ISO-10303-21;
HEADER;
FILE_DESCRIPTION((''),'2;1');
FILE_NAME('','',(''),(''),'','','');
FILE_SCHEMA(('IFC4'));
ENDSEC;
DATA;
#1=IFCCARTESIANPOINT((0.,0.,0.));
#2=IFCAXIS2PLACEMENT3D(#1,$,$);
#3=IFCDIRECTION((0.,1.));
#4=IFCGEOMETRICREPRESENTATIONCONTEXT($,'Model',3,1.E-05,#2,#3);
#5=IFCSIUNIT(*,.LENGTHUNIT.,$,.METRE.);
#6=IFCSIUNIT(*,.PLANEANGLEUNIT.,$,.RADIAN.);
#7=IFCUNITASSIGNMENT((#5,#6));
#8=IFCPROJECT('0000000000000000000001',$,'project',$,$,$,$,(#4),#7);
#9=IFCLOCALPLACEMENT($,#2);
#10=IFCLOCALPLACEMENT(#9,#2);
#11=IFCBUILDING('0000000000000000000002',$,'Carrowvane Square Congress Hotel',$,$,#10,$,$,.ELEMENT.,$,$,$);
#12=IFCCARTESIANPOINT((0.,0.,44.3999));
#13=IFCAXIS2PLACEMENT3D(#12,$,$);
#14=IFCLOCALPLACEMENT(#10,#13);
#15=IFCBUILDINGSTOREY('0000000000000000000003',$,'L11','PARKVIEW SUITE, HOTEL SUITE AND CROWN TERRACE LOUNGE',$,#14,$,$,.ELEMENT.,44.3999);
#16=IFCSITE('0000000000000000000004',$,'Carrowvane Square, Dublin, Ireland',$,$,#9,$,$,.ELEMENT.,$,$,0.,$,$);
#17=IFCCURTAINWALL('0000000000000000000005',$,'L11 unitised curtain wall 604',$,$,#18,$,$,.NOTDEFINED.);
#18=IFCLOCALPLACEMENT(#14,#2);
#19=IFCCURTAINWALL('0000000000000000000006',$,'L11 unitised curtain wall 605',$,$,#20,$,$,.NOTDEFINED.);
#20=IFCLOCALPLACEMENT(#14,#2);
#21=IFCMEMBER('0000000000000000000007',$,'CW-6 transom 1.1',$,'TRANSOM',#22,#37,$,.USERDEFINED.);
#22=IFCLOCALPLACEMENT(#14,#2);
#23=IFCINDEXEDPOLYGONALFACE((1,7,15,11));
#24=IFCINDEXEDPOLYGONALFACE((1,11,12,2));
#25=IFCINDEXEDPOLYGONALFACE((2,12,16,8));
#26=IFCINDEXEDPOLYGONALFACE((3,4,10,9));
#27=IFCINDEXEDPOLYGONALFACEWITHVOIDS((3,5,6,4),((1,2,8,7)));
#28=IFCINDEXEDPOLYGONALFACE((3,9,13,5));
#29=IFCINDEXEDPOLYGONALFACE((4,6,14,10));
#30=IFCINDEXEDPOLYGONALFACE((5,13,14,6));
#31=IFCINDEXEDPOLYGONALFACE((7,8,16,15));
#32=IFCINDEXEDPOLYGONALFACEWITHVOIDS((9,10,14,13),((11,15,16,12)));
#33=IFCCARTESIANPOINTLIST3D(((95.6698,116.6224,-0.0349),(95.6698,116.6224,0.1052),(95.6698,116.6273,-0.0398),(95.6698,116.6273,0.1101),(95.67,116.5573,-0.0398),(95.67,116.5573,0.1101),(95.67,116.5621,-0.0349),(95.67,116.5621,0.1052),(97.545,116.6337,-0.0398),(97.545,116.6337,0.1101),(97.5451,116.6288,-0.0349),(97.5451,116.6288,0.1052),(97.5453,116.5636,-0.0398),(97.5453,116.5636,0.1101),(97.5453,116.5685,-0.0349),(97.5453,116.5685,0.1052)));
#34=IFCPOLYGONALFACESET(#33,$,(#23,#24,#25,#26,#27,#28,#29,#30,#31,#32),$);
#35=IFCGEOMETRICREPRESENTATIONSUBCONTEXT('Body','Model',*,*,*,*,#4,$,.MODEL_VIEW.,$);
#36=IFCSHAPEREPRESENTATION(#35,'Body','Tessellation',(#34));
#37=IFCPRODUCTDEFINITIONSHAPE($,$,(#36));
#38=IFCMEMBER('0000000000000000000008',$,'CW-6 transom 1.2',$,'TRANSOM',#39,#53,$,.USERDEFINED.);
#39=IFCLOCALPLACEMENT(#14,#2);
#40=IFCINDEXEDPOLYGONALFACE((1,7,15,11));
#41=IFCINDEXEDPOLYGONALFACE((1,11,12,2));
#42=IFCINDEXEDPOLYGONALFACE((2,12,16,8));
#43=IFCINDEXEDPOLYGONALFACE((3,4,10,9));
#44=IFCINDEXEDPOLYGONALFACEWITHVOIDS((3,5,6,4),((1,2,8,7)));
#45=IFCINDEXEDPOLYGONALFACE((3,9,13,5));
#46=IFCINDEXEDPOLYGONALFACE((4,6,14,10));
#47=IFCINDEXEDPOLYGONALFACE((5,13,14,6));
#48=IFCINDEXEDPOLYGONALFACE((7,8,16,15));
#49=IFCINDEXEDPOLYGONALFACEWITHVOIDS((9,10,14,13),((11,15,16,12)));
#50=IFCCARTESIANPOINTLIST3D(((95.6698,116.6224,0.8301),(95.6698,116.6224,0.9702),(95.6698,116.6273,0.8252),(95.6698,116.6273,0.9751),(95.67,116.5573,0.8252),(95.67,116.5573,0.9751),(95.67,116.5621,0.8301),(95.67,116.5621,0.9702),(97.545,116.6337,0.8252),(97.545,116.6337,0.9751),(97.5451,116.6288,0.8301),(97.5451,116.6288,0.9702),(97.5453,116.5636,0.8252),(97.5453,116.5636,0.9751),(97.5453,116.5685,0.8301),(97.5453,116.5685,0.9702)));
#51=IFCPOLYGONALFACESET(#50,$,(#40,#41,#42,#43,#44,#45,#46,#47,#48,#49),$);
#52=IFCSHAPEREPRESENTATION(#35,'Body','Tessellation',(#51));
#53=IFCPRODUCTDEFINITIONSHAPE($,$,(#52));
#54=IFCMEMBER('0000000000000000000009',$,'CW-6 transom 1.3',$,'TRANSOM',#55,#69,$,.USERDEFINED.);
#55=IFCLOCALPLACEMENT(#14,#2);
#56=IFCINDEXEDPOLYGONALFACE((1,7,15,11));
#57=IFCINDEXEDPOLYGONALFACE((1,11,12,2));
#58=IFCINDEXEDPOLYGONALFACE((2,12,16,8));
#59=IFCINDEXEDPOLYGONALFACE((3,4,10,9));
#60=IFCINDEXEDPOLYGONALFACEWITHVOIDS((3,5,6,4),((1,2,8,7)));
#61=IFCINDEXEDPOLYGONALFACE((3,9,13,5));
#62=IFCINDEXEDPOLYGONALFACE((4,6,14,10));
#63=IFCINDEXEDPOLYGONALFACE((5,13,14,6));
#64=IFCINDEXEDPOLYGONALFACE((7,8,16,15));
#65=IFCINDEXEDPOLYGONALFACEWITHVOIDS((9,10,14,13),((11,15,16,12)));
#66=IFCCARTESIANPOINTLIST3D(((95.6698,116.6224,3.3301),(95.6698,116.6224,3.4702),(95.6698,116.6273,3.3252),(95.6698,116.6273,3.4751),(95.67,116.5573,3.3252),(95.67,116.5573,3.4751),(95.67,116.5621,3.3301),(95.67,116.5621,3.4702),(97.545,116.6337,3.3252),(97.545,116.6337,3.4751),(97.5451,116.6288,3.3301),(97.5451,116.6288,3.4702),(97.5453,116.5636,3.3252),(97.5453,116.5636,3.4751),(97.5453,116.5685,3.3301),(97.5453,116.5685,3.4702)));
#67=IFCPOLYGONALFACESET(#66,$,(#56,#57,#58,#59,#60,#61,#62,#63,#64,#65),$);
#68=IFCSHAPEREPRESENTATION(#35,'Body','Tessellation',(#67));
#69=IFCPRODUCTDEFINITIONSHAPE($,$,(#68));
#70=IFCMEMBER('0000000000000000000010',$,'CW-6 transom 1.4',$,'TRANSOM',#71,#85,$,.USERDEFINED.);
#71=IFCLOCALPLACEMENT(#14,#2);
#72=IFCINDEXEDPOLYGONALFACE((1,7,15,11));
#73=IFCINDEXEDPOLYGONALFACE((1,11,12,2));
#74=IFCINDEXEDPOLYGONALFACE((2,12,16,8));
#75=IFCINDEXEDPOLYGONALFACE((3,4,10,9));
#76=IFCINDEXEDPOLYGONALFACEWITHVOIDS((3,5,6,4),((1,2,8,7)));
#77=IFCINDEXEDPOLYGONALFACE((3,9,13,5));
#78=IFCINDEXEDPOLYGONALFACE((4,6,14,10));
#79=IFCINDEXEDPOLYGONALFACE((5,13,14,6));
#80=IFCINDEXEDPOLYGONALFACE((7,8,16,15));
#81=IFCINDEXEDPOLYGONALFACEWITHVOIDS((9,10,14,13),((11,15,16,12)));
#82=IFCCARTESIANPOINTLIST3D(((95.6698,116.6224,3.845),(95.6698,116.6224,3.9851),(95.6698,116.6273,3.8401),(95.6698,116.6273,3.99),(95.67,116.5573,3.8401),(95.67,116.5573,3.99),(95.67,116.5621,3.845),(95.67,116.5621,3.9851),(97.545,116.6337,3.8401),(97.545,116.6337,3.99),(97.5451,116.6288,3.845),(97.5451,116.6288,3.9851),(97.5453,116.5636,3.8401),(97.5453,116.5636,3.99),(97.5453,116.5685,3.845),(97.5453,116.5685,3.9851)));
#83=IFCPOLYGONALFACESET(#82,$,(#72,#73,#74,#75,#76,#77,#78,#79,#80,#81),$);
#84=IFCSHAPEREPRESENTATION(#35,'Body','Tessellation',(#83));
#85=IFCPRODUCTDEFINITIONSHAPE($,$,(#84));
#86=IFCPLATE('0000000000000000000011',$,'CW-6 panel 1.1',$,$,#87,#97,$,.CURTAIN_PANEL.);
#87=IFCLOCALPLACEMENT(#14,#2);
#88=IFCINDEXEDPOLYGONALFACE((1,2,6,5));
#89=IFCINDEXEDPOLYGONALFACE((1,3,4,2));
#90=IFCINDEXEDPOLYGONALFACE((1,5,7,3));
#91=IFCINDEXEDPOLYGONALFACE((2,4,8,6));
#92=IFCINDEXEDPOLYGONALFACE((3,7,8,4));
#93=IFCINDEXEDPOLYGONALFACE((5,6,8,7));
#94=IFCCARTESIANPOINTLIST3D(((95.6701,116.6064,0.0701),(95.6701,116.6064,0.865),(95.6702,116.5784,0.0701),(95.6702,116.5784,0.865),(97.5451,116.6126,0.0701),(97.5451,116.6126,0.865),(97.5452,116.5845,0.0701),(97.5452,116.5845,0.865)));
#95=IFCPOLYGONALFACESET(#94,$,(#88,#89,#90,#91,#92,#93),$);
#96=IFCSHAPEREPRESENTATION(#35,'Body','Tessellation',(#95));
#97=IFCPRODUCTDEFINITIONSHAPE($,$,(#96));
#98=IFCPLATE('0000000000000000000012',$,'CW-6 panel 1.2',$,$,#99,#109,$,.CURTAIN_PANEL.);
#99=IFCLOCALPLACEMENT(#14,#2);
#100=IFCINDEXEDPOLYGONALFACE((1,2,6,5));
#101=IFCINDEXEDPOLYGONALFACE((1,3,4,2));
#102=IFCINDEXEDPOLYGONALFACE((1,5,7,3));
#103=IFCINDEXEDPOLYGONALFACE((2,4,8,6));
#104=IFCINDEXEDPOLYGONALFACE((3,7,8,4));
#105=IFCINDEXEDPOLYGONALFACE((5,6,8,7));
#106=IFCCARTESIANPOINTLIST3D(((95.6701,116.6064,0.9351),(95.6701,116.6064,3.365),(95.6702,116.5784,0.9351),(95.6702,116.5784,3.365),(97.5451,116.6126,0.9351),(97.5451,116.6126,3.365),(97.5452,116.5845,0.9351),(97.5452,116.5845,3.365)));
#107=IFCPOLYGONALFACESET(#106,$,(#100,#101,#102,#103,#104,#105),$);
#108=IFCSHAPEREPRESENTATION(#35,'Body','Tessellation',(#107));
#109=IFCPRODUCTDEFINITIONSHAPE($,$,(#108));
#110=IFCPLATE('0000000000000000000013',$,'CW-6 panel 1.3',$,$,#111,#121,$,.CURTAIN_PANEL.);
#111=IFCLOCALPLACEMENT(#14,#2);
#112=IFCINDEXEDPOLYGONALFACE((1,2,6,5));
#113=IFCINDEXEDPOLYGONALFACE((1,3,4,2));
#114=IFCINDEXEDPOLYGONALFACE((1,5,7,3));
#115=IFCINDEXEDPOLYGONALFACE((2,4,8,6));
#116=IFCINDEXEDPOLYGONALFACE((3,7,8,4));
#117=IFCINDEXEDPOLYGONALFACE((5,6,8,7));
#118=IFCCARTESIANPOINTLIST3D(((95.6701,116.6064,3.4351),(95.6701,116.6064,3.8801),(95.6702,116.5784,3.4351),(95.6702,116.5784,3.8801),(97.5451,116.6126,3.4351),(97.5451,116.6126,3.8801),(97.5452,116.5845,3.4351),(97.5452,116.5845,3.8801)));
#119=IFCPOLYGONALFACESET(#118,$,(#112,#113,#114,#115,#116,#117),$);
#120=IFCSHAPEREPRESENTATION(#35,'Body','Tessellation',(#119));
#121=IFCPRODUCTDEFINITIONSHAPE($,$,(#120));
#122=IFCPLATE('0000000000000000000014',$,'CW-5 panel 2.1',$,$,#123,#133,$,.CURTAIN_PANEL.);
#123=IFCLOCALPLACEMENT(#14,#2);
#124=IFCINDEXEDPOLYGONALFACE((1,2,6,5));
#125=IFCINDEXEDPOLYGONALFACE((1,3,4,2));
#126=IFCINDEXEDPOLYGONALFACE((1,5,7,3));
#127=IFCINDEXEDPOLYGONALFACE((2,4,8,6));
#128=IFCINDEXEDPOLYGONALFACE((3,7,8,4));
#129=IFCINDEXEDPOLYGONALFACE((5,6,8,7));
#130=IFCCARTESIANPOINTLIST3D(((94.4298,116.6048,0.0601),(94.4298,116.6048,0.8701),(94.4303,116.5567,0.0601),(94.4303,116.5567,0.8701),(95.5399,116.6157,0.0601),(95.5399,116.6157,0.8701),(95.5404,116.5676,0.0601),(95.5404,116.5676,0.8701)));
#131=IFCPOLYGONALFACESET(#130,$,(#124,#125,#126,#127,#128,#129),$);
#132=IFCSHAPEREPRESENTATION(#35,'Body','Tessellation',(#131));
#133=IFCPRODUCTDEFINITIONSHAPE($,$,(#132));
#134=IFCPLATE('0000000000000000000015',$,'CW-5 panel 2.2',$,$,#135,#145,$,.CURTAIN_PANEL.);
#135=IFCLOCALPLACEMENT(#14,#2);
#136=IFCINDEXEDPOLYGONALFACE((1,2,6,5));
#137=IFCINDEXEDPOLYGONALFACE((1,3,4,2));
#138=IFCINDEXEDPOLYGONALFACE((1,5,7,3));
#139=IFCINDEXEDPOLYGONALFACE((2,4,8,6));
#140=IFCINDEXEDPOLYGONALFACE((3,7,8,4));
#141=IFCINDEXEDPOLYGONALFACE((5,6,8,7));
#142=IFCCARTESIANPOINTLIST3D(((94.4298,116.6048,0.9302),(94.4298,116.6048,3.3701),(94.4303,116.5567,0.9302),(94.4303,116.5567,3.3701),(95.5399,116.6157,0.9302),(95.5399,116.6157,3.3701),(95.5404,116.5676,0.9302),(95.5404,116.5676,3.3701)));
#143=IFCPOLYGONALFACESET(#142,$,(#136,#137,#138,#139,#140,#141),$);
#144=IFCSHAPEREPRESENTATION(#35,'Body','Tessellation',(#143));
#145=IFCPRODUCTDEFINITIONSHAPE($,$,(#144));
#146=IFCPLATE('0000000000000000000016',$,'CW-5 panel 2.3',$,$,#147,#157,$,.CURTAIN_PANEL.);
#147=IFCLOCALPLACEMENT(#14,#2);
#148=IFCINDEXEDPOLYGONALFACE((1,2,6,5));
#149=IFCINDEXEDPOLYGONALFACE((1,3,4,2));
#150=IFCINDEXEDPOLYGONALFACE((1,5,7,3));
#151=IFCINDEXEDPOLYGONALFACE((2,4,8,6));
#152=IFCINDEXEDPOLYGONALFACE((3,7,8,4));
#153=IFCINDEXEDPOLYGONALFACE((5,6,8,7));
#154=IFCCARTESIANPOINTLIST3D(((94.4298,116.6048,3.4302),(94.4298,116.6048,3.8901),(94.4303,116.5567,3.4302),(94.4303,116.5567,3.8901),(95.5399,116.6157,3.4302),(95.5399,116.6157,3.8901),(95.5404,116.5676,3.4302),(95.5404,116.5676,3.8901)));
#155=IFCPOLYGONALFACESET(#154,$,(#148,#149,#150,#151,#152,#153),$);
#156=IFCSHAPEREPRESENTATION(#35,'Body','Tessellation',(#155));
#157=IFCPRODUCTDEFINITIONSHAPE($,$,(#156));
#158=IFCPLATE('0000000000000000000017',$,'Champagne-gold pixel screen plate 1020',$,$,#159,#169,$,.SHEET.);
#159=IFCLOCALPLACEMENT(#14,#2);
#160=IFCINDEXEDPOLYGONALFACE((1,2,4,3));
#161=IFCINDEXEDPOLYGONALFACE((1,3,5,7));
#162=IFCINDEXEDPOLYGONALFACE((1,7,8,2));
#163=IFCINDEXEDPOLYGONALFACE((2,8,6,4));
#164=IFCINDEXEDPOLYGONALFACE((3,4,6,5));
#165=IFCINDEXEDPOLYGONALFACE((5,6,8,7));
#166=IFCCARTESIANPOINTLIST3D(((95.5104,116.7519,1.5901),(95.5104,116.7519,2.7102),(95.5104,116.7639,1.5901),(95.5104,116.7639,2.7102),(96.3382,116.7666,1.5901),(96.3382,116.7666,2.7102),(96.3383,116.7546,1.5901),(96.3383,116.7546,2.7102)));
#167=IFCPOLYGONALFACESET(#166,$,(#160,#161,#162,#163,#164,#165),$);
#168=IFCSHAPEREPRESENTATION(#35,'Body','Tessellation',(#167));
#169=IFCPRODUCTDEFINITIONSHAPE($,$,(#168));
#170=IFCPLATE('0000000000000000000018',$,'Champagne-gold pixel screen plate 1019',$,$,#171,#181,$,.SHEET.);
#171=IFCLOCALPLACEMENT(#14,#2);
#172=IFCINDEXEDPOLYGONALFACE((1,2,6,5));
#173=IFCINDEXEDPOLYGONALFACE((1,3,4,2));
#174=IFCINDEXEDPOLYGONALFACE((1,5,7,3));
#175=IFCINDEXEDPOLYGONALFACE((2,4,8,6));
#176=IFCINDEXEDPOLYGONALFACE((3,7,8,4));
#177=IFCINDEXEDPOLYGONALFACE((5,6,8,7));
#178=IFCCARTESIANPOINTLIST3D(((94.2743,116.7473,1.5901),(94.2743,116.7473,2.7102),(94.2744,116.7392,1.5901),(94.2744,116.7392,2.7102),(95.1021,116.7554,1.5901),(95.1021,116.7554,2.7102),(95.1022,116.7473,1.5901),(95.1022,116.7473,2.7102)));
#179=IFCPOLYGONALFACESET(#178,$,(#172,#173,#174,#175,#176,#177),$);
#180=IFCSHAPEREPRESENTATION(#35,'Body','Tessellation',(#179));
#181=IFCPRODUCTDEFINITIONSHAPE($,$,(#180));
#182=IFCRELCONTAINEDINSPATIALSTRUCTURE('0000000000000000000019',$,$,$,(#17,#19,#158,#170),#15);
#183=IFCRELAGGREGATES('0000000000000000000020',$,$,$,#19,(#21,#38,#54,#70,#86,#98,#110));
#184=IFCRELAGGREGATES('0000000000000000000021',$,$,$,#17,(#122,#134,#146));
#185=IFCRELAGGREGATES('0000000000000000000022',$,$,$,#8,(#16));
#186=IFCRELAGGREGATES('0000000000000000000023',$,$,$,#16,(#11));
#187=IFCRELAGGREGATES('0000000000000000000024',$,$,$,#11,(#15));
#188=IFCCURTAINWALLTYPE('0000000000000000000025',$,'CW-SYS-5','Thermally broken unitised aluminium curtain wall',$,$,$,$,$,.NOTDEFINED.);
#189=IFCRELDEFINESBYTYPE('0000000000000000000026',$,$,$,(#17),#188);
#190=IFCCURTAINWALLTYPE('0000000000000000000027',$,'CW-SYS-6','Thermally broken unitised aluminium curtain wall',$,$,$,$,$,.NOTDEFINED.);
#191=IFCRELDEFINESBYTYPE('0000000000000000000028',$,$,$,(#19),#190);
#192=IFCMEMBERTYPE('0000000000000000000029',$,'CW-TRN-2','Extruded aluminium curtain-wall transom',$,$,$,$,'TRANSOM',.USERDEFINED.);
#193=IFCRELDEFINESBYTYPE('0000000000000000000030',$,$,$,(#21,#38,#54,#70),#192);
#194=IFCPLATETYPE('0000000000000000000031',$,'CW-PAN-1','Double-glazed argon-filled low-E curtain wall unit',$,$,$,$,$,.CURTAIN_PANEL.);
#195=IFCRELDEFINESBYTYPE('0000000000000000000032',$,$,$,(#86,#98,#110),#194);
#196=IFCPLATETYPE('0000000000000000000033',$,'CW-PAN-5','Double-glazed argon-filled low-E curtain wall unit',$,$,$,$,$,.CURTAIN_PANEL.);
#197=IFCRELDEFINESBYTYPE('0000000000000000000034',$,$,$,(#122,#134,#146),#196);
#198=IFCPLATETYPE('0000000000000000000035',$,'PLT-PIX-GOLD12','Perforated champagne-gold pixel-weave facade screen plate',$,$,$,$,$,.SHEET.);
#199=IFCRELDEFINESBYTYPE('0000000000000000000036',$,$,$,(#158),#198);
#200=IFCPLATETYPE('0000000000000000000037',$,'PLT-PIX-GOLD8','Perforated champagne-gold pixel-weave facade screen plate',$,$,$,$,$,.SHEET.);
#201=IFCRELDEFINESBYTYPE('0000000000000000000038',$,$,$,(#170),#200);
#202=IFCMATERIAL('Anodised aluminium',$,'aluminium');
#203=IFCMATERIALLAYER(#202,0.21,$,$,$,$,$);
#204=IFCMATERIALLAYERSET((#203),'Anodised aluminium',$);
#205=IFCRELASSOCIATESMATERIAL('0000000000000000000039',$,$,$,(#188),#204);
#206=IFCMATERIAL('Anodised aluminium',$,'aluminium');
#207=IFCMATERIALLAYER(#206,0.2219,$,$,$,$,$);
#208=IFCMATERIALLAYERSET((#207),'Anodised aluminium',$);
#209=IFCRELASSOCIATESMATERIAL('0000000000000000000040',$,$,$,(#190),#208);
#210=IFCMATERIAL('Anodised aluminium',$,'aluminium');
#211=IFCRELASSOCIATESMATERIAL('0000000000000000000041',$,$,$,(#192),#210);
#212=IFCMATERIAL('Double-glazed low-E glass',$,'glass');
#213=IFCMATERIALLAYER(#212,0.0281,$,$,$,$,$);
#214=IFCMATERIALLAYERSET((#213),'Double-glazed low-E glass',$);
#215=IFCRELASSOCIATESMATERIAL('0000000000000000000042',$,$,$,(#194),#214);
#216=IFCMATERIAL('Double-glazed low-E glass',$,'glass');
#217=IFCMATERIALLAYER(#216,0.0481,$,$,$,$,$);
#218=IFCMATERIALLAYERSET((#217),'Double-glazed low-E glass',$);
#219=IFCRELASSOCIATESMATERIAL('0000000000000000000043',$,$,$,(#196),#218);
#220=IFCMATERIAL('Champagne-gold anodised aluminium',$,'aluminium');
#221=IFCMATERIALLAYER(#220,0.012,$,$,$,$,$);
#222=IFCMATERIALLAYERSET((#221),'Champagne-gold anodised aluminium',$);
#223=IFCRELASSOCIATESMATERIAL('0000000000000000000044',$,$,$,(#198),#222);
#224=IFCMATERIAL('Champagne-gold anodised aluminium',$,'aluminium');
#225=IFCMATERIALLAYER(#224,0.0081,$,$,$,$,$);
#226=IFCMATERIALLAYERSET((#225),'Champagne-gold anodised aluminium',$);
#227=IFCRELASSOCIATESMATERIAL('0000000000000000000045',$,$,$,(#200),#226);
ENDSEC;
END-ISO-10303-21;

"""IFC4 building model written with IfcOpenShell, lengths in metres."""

from ifc_helpers import new_model, si_unit, direction, frame, origin, origin_2d, place, context, subcontext, project, spatial, rectangle, hollow_rectangle, extrude, material, layer, layer_set, material_profile, profile_set, type_object, element, aggregate, save


model = new_model("IFC4")

# Units and contexts
model_context = context("Model", 3, precision=1e-05, world=origin(), true_north=direction((0.0, 1.0)))
body_context = subcontext(model_context, "Body", "Model", "MODEL_VIEW")
ifc_project = project(units=[si_unit("LENGTHUNIT", "METRE"), si_unit("PLANEANGLEUNIT", "RADIAN")], contexts=[model_context])

# Site, building, storey
site_placement = place(None, origin())
site = spatial("IfcSite", under=ifc_project, at=site_placement, Name="Carrowvane Square, Dublin, Ireland", CompositionType="ELEMENT", RefElevation=0.0)
building_placement = place(site_placement, origin())
building = spatial("IfcBuilding", under=site, at=building_placement, Name="Carrowvane Square Congress Hotel", CompositionType="ELEMENT")
storey_placement = place(building_placement, frame((0.0, 0.0, 44.3999)))
storey = spatial("IfcBuildingStorey", under=building, at=storey_placement, Name="L11", Description="PARKVIEW SUITE, HOTEL SUITE AND CROWN TERRACE LOUNGE", CompositionType="ELEMENT", Elevation=44.3999)

# Curtain wall
ifc_material_1 = material(Name="Anodised aluminium", Category="aluminium")
ifc_layer_1 = layer(ifc_material_1, 0.21)
ifc_layer_set_1 = layer_set([ifc_layer_1], Name="Anodised aluminium")
curtain_wall_type_1 = type_object("IfcCurtainWallType", Name="CW-SYS-5", Description="Thermally broken unitised aluminium curtain wall", PredefinedType="NOTDEFINED", material=ifc_layer_set_1)
curtain_wall_1_placement = place(storey_placement, origin())
curtain_wall_1 = element("IfcCurtainWall", 1, at=curtain_wall_1_placement, inside=storey, type_object=curtain_wall_type_1, Name="L11 unitised curtain wall 604", PredefinedType="NOTDEFINED")

# Curtain wall
ifc_material_2 = material(Name="Anodised aluminium", Category="aluminium")
ifc_layer_2 = layer(ifc_material_2, 0.2219)
ifc_layer_set_2 = layer_set([ifc_layer_2], Name="Anodised aluminium")
curtain_wall_type_2 = type_object("IfcCurtainWallType", Name="CW-SYS-6", Description="Thermally broken unitised aluminium curtain wall", PredefinedType="NOTDEFINED", material=ifc_layer_set_2)
curtain_wall_2_placement = place(storey_placement, origin())
curtain_wall_2 = element("IfcCurtainWall", 2, at=curtain_wall_2_placement, inside=storey, type_object=curtain_wall_type_2, Name="L11 unitised curtain wall 605", PredefinedType="NOTDEFINED")

# Members
ifc_material_3 = material(Name="Anodised aluminium", Category="aluminium")
ifc_material_profile_1 = material_profile(ifc_material_3, hollow_rectangle(XDim=0.0701, YDim=0.1499, WallThickness=0.0049, at=origin_2d()), Name="CW-TR 70x150x5")
ifc_profile_set_1 = profile_set([ifc_material_profile_1], Name="Anodised aluminium")
member_type_1 = type_object("IfcMemberType", Name="CW-TRN-2", Description="Extruded aluminium curtain-wall transom", ElementType="TRANSOM", PredefinedType="USERDEFINED", material=ifc_profile_set_1)
member_1_placement = place(storey_placement, frame((95.6699, 116.5923, 0.0352), z_axis=(0.999994, 0.003385, 0.0), x_axis=(-0.003385, 0.999994, 0.0)))
member_1 = element("IfcMember", 3, at=member_1_placement, type_object=member_type_1, Name="CW-6 transom 1.1", ObjectType="TRANSOM", PredefinedType="USERDEFINED", context=body_context, shape_type="SweptSolid", body=[
    extrude(hollow_rectangle(XDim=0.0701, YDim=0.1499, WallThickness=0.0049, at=origin_2d()), origin(), (0.0, 0.0, 1.0), 1.8752),
])
member_2_placement = place(storey_placement, frame((95.6699, 116.5923, 0.9001), z_axis=(0.999994, 0.003385, 0.0), x_axis=(-0.003385, 0.999994, 0.0)))
member_2 = element("IfcMember", 4, at=member_2_placement, type_object=member_type_1, Name="CW-6 transom 1.2", ObjectType="TRANSOM", PredefinedType="USERDEFINED", context=body_context, shape_type="SweptSolid", body=[
    extrude(hollow_rectangle(XDim=0.0701, YDim=0.1499, WallThickness=0.0049, at=origin_2d()), origin(), (0.0, 0.0, 1.0), 1.8752),
])
member_3_placement = place(storey_placement, frame((95.6699, 116.5923, 3.4001), z_axis=(0.999994, 0.003385, 0.0), x_axis=(-0.003385, 0.999994, 0.0)))
member_3 = element("IfcMember", 5, at=member_3_placement, type_object=member_type_1, Name="CW-6 transom 1.3", ObjectType="TRANSOM", PredefinedType="USERDEFINED", context=body_context, shape_type="SweptSolid", body=[
    extrude(hollow_rectangle(XDim=0.0701, YDim=0.1499, WallThickness=0.0049, at=origin_2d()), origin(), (0.0, 0.0, 1.0), 1.8752),
])
member_4_placement = place(storey_placement, frame((95.6699, 116.5923, 3.915), z_axis=(0.999994, 0.003385, 0.0), x_axis=(-0.003385, 0.999994, 0.0)))
member_4 = element("IfcMember", 6, at=member_4_placement, type_object=member_type_1, Name="CW-6 transom 1.4", ObjectType="TRANSOM", PredefinedType="USERDEFINED", context=body_context, shape_type="SweptSolid", body=[
    extrude(hollow_rectangle(XDim=0.0701, YDim=0.1499, WallThickness=0.0049, at=origin_2d()), origin(), (0.0, 0.0, 1.0), 1.8752),
])

# Plates
ifc_material_4 = material(Name="Double-glazed low-E glass", Category="glass")
ifc_layer_3 = layer(ifc_material_4, 0.0281)
ifc_layer_set_3 = layer_set([ifc_layer_3], Name="Double-glazed low-E glass")
plate_type_1 = type_object("IfcPlateType", Name="CW-PAN-1", Description="Double-glazed argon-filled low-E curtain wall unit", PredefinedType="CURTAIN_PANEL", material=ifc_layer_set_3)
plate_1_placement = place(storey_placement, frame((96.6077, 116.5955, 0.0701), z_axis=(0.0, 0.0, 1.0), x_axis=(0.999995, 0.00327, 0.0)))
plate_1 = element("IfcPlate", 7, at=plate_1_placement, type_object=plate_type_1, Name="CW-6 panel 1.1", PredefinedType="CURTAIN_PANEL", context=body_context, shape_type="SweptSolid", body=[
    extrude(rectangle(XDim=1.875, YDim=0.0281, at=origin_2d()), origin(), (0.0, 0.0, 1.0), 0.7949),
])
plate_2_placement = place(storey_placement, frame((96.6077, 116.5955, 0.9351), z_axis=(0.0, 0.0, 1.0), x_axis=(0.999995, 0.00327, 0.0)))
plate_2 = element("IfcPlate", 8, at=plate_2_placement, type_object=plate_type_1, Name="CW-6 panel 1.2", PredefinedType="CURTAIN_PANEL", context=body_context, shape_type="SweptSolid", body=[
    extrude(rectangle(XDim=1.875, YDim=0.0281, at=origin_2d()), origin(), (0.0, 0.0, 1.0), 2.4299),
])
plate_3_placement = place(storey_placement, frame((96.6077, 116.5955, 3.4351), z_axis=(0.0, 0.0, 1.0), x_axis=(0.999995, 0.00327, 0.0)))
plate_3 = element("IfcPlate", 9, at=plate_3_placement, type_object=plate_type_1, Name="CW-6 panel 1.3", PredefinedType="CURTAIN_PANEL", context=body_context, shape_type="SweptSolid", body=[
    extrude(rectangle(XDim=1.875, YDim=0.0281, at=origin_2d()), origin(), (0.0, 0.0, 1.0), 0.4451),
])
aggregate(curtain_wall_2, [member_1, member_2, member_3, member_4, plate_1, plate_2, plate_3])
ifc_material_5 = material(Name="Double-glazed low-E glass", Category="glass")
ifc_layer_4 = layer(ifc_material_5, 0.0481)
ifc_layer_set_4 = layer_set([ifc_layer_4], Name="Double-glazed low-E glass")
plate_type_2 = type_object("IfcPlateType", Name="CW-PAN-5", Description="Double-glazed argon-filled low-E curtain wall unit", PredefinedType="CURTAIN_PANEL", material=ifc_layer_set_4)
plate_4_placement = place(storey_placement, frame((94.9851, 116.5862, 0.0601), z_axis=(0.0, 0.0, 1.0), x_axis=(0.999952, 0.009783, 0.0)))
plate_4 = element("IfcPlate", 10, at=plate_4_placement, type_object=plate_type_2, Name="CW-5 panel 2.1", PredefinedType="CURTAIN_PANEL", context=body_context, shape_type="SweptSolid", body=[
    extrude(rectangle(XDim=1.1101, YDim=0.0481, at=origin_2d()), origin(), (0.0, 0.0, 1.0), 0.8101),
])
plate_5_placement = place(storey_placement, frame((94.9851, 116.5862, 0.9302), z_axis=(0.0, 0.0, 1.0), x_axis=(0.999952, 0.009783, 0.0)))
plate_5 = element("IfcPlate", 11, at=plate_5_placement, type_object=plate_type_2, Name="CW-5 panel 2.2", PredefinedType="CURTAIN_PANEL", context=body_context, shape_type="SweptSolid", body=[
    extrude(rectangle(XDim=1.1101, YDim=0.0481, at=origin_2d()), origin(), (0.0, 0.0, 1.0), 2.4399),
])
plate_6_placement = place(storey_placement, frame((94.9851, 116.5862, 3.4302), z_axis=(0.0, 0.0, 1.0), x_axis=(0.999952, 0.009783, 0.0)))
plate_6 = element("IfcPlate", 12, at=plate_6_placement, type_object=plate_type_2, Name="CW-5 panel 2.3", PredefinedType="CURTAIN_PANEL", context=body_context, shape_type="SweptSolid", body=[
    extrude(rectangle(XDim=1.1101, YDim=0.0481, at=origin_2d()), origin(), (0.0, 0.0, 1.0), 0.46),
])
aggregate(curtain_wall_1, [plate_4, plate_5, plate_6])

# Plates
ifc_material_6 = material(Name="Champagne-gold anodised aluminium", Category="aluminium")
ifc_layer_5 = layer(ifc_material_6, 0.012)
ifc_layer_set_5 = layer_set([ifc_layer_5], Name="Champagne-gold anodised aluminium")
plate_type_3 = type_object("IfcPlateType", Name="PLT-PIX-GOLD12", Description="Perforated champagne-gold pixel-weave facade screen plate", PredefinedType="SHEET", material=ifc_layer_set_5)
plate_7_placement = place(storey_placement, frame((95.9243, 116.7593, 1.5901), z_axis=(0.0, 0.0, 1.0), x_axis=(0.999995, 0.00327, 0.0)))
element("IfcPlate", 13, at=plate_7_placement, inside=storey, type_object=plate_type_3, Name="Champagne-gold pixel screen plate 1020", PredefinedType="SHEET", context=body_context, shape_type="SweptSolid", body=[
    extrude(rectangle(XDim=0.8279, YDim=0.012, at=origin_2d()), origin(), (0.0, 0.0, 1.0), 1.1201),
])
ifc_material_7 = material(Name="Champagne-gold anodised aluminium", Category="aluminium")
ifc_layer_6 = layer(ifc_material_7, 0.0081)
ifc_layer_set_6 = layer_set([ifc_layer_6], Name="Champagne-gold anodised aluminium")
plate_type_4 = type_object("IfcPlateType", Name="PLT-PIX-GOLD8", Description="Perforated champagne-gold pixel-weave facade screen plate", PredefinedType="SHEET", material=ifc_layer_set_6)
plate_8_placement = place(storey_placement, frame((94.6882, 116.7473, 1.5901), z_axis=(0.0, 0.0, 1.0), x_axis=(0.999952, 0.009782, 0.0)))
element("IfcPlate", 14, at=plate_8_placement, inside=storey, type_object=plate_type_4, Name="Champagne-gold pixel screen plate 1019", PredefinedType="SHEET", context=body_context, shape_type="SweptSolid", body=[
    extrude(rectangle(XDim=0.8279, YDim=0.0081, at=origin_2d()), origin(), (0.0, 0.0, 1.0), 1.1201),
])

save(model, "model.ifc")
